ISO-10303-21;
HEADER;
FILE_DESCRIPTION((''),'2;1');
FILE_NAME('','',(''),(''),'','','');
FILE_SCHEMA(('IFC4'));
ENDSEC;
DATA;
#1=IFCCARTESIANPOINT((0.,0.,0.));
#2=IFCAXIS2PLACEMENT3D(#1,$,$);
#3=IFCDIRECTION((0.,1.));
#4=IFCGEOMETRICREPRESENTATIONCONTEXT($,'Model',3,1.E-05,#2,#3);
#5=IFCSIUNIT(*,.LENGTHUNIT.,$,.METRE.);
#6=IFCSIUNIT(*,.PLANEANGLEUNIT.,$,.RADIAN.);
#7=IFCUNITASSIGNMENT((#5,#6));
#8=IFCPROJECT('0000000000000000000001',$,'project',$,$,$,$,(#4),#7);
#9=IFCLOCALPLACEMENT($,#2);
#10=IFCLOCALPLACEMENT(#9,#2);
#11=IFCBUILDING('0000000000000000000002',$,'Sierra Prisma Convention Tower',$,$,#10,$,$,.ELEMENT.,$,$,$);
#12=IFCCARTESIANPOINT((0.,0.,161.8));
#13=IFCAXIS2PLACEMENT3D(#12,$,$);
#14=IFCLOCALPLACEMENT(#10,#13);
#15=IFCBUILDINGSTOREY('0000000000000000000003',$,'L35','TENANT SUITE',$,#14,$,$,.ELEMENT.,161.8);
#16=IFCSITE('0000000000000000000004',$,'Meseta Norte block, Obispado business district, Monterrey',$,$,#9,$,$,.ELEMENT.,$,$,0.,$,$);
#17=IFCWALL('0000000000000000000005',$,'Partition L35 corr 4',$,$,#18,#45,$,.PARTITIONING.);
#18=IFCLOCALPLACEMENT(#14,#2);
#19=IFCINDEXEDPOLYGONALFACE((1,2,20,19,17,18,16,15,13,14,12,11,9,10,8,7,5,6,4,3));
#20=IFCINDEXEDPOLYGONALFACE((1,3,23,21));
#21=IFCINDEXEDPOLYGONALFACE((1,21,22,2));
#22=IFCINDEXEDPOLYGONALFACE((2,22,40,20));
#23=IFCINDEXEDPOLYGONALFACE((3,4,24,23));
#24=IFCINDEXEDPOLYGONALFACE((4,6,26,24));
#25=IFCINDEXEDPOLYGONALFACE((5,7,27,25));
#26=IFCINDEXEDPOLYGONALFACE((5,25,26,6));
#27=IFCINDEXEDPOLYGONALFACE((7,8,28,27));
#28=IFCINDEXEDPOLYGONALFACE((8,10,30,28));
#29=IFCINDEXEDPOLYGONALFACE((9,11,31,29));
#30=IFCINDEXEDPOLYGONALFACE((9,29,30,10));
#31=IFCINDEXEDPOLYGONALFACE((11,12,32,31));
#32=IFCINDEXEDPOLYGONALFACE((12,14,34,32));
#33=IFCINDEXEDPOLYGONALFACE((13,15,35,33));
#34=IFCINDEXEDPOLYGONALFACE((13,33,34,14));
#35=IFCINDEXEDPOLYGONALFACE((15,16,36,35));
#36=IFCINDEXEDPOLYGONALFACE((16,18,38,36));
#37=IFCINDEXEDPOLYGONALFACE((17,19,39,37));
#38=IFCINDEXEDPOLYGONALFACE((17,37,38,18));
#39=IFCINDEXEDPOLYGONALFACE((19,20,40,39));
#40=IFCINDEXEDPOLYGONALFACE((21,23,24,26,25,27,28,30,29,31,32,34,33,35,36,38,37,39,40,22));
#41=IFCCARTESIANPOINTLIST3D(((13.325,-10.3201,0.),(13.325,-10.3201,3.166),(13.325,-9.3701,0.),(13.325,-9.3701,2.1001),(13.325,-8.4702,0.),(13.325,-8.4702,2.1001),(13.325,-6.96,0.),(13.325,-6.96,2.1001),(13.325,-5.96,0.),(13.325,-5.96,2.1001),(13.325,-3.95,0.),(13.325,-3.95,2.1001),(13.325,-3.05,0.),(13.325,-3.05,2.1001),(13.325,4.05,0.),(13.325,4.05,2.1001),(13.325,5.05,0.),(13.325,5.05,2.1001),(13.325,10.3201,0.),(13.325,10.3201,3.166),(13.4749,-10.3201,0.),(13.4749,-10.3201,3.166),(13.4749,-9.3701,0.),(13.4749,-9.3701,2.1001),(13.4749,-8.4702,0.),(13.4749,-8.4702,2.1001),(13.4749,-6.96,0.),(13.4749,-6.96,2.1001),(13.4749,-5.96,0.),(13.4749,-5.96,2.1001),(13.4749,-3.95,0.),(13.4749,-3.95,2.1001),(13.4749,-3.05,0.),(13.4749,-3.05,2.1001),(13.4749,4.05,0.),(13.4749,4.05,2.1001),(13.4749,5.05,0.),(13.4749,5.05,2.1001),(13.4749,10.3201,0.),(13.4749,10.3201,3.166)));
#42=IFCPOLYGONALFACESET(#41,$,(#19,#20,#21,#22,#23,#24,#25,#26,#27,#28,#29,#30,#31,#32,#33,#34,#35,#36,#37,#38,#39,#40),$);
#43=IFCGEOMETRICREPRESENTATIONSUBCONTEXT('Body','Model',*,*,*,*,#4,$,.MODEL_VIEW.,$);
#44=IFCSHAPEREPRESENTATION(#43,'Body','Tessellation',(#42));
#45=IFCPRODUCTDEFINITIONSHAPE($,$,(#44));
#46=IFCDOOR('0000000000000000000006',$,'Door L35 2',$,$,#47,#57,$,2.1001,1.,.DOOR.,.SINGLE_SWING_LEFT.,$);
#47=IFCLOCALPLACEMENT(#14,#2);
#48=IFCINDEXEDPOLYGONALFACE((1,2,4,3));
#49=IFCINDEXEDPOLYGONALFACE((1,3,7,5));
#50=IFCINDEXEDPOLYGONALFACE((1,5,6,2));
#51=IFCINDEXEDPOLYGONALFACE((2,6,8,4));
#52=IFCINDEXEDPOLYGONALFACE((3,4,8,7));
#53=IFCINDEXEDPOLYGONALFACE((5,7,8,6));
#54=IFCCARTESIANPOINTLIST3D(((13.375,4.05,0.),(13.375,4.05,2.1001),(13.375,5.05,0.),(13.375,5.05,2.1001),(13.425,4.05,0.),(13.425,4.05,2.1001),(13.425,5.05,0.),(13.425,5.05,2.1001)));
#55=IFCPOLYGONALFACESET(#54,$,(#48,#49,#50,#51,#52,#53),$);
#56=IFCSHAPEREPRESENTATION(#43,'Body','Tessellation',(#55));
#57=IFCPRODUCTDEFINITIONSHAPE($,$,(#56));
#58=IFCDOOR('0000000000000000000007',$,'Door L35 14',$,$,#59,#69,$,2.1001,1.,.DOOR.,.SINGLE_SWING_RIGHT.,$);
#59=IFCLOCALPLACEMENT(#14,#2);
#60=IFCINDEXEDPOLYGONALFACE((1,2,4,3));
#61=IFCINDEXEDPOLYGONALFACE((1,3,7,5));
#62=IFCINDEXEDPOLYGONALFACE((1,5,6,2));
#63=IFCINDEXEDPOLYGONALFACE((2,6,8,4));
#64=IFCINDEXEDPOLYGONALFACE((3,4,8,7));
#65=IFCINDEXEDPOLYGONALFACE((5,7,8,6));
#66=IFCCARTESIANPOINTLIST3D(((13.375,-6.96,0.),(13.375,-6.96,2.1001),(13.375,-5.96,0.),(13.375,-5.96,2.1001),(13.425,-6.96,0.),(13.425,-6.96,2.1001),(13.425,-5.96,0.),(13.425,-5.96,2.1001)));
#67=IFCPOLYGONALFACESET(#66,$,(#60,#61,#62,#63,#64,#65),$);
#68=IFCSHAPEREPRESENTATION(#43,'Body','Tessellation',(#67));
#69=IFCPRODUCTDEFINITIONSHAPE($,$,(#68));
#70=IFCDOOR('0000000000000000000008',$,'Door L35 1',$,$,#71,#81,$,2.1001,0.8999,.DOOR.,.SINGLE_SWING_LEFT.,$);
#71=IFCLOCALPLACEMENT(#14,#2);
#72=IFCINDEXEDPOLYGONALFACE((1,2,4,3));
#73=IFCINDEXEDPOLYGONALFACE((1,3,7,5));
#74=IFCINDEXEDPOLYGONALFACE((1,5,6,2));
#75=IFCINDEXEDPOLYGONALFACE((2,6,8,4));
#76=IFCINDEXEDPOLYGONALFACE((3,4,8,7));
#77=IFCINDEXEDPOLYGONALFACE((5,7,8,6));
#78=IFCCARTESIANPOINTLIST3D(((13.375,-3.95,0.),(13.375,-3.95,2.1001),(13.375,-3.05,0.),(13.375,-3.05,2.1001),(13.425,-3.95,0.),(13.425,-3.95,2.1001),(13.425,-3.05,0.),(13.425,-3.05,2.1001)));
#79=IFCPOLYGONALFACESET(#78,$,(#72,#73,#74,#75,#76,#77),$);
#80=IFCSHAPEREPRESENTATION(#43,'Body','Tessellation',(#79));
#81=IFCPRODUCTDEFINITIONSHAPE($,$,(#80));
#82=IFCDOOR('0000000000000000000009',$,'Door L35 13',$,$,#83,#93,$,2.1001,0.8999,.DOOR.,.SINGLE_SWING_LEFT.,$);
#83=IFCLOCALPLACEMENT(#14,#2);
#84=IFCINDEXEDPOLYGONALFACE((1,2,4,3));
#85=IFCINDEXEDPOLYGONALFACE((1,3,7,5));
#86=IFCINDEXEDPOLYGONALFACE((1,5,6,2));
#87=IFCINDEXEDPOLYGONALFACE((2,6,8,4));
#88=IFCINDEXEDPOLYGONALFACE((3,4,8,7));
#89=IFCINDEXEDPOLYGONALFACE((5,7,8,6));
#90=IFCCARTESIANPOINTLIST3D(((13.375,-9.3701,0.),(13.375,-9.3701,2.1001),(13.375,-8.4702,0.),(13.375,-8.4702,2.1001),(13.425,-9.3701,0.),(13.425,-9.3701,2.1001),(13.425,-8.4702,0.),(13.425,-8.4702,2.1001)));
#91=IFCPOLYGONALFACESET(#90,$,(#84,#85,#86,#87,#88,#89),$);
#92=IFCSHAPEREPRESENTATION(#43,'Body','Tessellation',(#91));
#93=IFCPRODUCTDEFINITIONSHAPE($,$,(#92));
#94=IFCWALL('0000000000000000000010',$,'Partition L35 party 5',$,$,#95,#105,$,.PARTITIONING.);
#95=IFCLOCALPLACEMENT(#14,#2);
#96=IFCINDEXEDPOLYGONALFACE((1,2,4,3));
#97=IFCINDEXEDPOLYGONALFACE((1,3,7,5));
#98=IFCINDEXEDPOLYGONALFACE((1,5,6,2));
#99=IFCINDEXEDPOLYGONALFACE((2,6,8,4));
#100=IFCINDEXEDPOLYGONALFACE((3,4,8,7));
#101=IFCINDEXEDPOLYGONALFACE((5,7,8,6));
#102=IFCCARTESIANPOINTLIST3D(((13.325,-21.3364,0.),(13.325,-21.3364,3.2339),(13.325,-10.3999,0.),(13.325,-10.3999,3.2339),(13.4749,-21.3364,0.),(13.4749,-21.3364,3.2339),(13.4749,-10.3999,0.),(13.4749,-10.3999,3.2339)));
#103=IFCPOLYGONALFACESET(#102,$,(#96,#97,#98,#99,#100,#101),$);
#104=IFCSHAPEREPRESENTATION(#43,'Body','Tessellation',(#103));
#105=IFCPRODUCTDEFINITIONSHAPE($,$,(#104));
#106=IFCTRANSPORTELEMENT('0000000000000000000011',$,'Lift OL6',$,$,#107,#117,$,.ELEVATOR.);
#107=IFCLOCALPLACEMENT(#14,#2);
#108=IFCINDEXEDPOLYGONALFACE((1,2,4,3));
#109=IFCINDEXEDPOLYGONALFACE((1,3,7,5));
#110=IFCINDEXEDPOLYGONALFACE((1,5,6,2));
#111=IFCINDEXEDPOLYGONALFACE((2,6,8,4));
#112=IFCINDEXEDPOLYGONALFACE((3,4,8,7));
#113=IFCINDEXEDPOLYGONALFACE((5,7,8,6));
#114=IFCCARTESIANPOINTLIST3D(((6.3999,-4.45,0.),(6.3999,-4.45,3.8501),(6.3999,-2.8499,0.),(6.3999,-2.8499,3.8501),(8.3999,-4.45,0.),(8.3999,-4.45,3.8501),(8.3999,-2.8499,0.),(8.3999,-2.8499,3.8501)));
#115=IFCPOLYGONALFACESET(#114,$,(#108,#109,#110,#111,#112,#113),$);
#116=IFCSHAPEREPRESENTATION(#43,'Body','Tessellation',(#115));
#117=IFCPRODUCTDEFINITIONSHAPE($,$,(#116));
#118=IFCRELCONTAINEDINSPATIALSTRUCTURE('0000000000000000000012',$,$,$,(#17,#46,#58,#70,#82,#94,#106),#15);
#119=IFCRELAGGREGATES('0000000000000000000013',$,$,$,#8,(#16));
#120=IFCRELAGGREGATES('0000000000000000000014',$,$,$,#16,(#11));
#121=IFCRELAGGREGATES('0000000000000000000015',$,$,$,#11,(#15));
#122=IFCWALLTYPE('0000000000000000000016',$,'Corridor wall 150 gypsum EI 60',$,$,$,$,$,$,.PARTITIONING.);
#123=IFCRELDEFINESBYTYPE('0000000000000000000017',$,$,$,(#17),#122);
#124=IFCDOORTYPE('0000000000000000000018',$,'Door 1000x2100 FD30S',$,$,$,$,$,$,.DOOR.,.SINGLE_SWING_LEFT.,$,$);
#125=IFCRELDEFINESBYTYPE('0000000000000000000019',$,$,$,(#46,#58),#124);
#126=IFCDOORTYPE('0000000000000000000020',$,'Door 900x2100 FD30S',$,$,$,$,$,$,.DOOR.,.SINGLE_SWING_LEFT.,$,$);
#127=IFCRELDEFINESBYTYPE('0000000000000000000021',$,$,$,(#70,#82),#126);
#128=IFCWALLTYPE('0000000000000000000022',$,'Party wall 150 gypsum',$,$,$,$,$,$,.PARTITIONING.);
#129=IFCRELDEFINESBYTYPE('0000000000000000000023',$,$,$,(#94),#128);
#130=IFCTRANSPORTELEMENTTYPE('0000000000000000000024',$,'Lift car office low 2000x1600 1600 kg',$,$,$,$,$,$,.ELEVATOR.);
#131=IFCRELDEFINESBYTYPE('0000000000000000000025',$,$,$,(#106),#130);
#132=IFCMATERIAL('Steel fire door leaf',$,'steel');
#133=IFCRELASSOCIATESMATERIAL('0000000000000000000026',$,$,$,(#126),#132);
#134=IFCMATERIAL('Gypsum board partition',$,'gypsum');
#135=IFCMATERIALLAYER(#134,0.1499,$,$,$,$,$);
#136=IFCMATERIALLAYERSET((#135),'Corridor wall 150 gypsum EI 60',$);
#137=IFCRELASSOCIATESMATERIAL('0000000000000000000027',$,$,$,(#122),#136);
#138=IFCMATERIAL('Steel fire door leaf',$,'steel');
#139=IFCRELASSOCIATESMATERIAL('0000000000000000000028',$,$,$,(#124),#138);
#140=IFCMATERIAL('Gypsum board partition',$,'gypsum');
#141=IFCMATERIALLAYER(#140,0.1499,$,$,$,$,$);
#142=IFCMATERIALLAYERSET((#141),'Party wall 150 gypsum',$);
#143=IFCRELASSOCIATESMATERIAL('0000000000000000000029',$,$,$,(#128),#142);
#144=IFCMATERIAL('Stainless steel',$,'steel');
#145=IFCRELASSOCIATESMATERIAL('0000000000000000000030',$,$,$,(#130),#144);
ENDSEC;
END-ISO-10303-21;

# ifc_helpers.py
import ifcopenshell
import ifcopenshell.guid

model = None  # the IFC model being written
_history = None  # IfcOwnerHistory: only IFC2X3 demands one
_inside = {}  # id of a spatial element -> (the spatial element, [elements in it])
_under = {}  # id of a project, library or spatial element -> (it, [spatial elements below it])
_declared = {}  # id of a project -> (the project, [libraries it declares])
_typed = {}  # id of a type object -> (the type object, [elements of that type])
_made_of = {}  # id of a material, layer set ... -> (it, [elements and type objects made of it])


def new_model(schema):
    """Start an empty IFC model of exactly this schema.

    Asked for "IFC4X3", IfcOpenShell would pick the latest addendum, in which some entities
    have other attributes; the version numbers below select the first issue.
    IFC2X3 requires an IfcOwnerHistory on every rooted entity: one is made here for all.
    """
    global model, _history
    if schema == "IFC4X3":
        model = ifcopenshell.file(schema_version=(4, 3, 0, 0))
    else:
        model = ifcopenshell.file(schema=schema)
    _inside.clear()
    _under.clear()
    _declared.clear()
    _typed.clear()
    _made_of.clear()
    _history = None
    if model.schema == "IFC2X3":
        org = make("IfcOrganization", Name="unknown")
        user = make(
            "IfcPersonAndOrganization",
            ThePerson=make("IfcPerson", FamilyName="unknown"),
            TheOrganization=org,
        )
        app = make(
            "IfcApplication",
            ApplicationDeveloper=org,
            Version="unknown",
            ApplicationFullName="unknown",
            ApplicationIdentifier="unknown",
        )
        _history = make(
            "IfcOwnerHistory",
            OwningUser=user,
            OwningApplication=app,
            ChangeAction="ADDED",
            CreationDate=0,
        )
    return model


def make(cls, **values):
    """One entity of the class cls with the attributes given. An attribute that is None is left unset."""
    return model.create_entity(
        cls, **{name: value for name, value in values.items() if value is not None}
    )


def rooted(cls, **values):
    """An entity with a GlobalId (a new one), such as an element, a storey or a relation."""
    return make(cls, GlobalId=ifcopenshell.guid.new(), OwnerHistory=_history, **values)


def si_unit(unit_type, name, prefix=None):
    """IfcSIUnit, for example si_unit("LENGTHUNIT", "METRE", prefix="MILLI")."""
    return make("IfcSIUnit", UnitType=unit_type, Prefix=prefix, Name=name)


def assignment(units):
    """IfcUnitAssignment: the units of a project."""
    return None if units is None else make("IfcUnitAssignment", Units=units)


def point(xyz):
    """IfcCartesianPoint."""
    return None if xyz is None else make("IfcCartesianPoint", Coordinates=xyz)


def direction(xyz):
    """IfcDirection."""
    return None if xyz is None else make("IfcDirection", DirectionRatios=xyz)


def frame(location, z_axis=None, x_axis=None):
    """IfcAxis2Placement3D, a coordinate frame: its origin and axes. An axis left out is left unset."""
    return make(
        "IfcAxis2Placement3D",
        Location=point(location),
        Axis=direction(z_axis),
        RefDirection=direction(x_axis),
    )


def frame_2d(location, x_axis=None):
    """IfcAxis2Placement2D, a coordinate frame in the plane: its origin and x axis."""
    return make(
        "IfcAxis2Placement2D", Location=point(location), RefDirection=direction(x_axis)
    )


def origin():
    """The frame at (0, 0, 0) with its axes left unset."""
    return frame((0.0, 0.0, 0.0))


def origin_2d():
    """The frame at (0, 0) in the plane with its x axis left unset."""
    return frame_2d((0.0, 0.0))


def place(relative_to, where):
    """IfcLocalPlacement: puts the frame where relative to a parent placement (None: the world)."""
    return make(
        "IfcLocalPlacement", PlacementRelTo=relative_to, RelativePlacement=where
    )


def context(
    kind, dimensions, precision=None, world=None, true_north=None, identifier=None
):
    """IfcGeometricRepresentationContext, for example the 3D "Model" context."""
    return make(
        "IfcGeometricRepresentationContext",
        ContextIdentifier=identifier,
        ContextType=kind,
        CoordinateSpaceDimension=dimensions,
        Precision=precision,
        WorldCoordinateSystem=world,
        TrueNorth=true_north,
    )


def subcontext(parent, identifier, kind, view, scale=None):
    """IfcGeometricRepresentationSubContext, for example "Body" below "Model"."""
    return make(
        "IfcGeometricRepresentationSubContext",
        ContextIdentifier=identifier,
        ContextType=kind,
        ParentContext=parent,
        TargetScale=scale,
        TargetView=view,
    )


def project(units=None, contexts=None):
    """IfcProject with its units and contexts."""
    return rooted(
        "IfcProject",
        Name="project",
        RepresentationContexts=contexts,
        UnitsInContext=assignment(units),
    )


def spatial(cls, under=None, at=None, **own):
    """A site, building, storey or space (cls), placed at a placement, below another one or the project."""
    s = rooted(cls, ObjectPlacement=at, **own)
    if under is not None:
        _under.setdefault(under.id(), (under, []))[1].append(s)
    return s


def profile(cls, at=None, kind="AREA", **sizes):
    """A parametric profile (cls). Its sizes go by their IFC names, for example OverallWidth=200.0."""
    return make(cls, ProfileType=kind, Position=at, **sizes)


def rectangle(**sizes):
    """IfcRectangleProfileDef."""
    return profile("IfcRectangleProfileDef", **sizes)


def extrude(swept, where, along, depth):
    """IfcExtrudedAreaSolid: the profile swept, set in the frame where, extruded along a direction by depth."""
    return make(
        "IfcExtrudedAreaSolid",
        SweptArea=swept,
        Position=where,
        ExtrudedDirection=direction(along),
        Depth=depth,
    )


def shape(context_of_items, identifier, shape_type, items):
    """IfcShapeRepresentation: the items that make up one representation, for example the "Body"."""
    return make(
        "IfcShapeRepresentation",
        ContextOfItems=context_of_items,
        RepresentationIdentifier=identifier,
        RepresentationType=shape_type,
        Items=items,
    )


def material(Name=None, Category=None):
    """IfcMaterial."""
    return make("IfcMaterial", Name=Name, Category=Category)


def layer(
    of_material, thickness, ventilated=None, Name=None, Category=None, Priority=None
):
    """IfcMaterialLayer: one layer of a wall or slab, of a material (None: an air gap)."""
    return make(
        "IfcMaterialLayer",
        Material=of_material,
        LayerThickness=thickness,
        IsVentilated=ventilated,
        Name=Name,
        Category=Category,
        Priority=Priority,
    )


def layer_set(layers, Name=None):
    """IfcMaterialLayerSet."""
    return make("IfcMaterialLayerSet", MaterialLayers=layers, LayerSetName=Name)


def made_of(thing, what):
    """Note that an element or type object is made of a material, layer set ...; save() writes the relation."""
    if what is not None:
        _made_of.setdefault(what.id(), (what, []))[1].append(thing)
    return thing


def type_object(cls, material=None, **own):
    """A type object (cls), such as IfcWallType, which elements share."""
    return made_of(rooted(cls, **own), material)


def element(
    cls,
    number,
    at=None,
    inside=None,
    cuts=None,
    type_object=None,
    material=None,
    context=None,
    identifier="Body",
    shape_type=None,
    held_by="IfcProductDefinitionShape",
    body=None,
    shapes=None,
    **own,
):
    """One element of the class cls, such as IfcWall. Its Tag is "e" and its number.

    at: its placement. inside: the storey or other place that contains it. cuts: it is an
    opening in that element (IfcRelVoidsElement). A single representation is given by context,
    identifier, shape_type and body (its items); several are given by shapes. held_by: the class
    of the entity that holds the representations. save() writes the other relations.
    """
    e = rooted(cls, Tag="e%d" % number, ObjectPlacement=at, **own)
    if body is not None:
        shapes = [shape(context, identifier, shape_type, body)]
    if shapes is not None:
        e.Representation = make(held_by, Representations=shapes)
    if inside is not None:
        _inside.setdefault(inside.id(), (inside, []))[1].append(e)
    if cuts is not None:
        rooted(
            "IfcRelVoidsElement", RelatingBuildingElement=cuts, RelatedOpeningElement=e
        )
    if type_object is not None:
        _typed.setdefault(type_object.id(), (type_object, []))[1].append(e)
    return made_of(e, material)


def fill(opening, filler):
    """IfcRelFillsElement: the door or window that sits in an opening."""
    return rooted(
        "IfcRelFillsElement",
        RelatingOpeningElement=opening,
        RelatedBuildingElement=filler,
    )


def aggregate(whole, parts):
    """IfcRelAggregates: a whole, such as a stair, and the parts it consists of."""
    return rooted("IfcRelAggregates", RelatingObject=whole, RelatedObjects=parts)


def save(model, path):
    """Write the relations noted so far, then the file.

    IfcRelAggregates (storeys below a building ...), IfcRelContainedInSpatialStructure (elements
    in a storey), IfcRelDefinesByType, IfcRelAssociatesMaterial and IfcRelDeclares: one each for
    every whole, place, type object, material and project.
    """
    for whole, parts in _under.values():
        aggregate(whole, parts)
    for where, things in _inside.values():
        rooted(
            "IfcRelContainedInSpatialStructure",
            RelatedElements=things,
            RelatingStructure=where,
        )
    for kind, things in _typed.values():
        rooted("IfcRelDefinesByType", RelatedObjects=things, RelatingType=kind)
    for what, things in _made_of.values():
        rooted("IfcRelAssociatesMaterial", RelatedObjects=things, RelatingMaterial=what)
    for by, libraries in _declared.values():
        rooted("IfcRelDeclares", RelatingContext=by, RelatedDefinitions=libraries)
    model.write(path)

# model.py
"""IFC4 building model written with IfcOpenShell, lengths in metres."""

from ifc_helpers import new_model, si_unit, direction, frame, frame_2d, origin, origin_2d, place, context, subcontext, project, spatial, rectangle, extrude, material, layer, layer_set, type_object, element, fill, save


model = new_model("IFC4")

# Units and contexts
model_context = context("Model", 3, precision=1e-05, world=origin(), true_north=direction((0.0, 1.0)))
body_context = subcontext(model_context, "Body", "Model", "MODEL_VIEW")
ifc_project = project(units=[si_unit("LENGTHUNIT", "METRE"), si_unit("PLANEANGLEUNIT", "RADIAN")], contexts=[model_context])

# Site, building, storey
site_placement = place(None, origin())
site = spatial("IfcSite", under=ifc_project, at=site_placement, Name="Meseta Norte block, Obispado business district, Monterrey", CompositionType="ELEMENT", RefElevation=0.0)
building_placement = place(site_placement, origin())
building = spatial("IfcBuilding", under=site, at=building_placement, Name="Sierra Prisma Convention Tower", CompositionType="ELEMENT")
storey_placement = place(building_placement, frame((0.0, 0.0, 161.8)))
storey = spatial("IfcBuildingStorey", under=building, at=storey_placement, Name="L35", Description="TENANT SUITE", CompositionType="ELEMENT", Elevation=161.8)

# Shared definitions
ifc_material_1 = material(Name="Steel fire door leaf", Category="steel")
door_type_1 = type_object("IfcDoorType", Name="Door 900x2100 FD30S", OperationType="SINGLE_SWING_LEFT", PredefinedType="DOOR", material=ifc_material_1)

# Wall, openings, doors
ifc_material_2 = material(Name="Gypsum board partition", Category="gypsum")
ifc_layer_1 = layer(ifc_material_2, 0.1499)
ifc_layer_set_1 = layer_set([ifc_layer_1], Name="Corridor wall 150 gypsum EI 60")
wall_type_1 = type_object("IfcWallType", Name="Corridor wall 150 gypsum EI 60", PredefinedType="PARTITIONING", material=ifc_layer_set_1)
wall_1_placement = place(storey_placement, frame((13.3999, -10.3201, 0.0), z_axis=(0.0, 0.0, 1.0), x_axis=(0.0, 1.0, 0.0)))
wall_1 = element("IfcWall", 1, at=wall_1_placement, inside=storey, type_object=wall_type_1, Name="Partition L35 corr 4", PredefinedType="PARTITIONING", context=body_context, shape_type="SweptSolid", body=[
    extrude(rectangle(XDim=20.6401, YDim=0.1499, at=frame_2d((10.3201, 0.0))), origin(), (0.0, 0.0, 1.0), 3.166),
])
opening_1_placement = place(wall_1_placement, frame((6.3701, 0.0, 0.0)))
opening_1 = element("IfcOpeningElement", 2, at=opening_1_placement, cuts=wall_1, PredefinedType="OPENING", context=body_context, shape_type="SweptSolid", body=[
    extrude(rectangle(XDim=0.8999, YDim=2.1001, at=frame_2d((0.45, 1.05))), frame((0.0, 0.075, 0.0), z_axis=(0.0, -1.0, 0.0), x_axis=(1.0, 0.0, 0.0)), (0.0, 0.0, 1.0), 0.1499),
])
opening_2_placement = place(wall_1_placement, frame((14.3701, 0.0, 0.0)))
opening_2 = element("IfcOpeningElement", 3, at=opening_2_placement, cuts=wall_1, PredefinedType="OPENING", context=body_context, shape_type="SweptSolid", body=[
    extrude(rectangle(XDim=1.0, YDim=2.1001, at=frame_2d((0.5, 1.05))), frame((0.0, 0.075, 0.0), z_axis=(0.0, -1.0, 0.0), x_axis=(1.0, 0.0, 0.0)), (0.0, 0.0, 1.0), 0.1499),
])
opening_3_placement = place(wall_1_placement, frame((0.95, 0.0, 0.0)))
opening_3 = element("IfcOpeningElement", 4, at=opening_3_placement, cuts=wall_1, PredefinedType="OPENING", context=body_context, shape_type="SweptSolid", body=[
    extrude(rectangle(XDim=0.8999, YDim=2.1001, at=frame_2d((0.45, 1.05))), frame((0.0, 0.075, 0.0), z_axis=(0.0, -1.0, 0.0), x_axis=(1.0, 0.0, 0.0)), (0.0, 0.0, 1.0), 0.1499),
])
opening_4_placement = place(wall_1_placement, frame((3.3601, 0.0, 0.0)))
opening_4 = element("IfcOpeningElement", 5, at=opening_4_placement, cuts=wall_1, PredefinedType="OPENING", context=body_context, shape_type="SweptSolid", body=[
    extrude(rectangle(XDim=1.0, YDim=2.1001, at=frame_2d((0.5, 1.05))), frame((0.0, 0.075, 0.0), z_axis=(0.0, -1.0, 0.0), x_axis=(1.0, 0.0, 0.0)), (0.0, 0.0, 1.0), 0.1499),
])
ifc_material_3 = material(Name="Steel fire door leaf", Category="steel")
door_type_2 = type_object("IfcDoorType", Name="Door 1000x2100 FD30S", OperationType="SINGLE_SWING_LEFT", PredefinedType="DOOR", material=ifc_material_3)
door_1_placement = place(opening_2_placement, origin())
door_1 = element("IfcDoor", 6, at=door_1_placement, inside=storey, type_object=door_type_2, Name="Door L35 2", OperationType="SINGLE_SWING_LEFT", OverallHeight=2.1001, OverallWidth=1.0, PredefinedType="DOOR", context=body_context, shape_type="SweptSolid", body=[
    extrude(rectangle(XDim=1.0, YDim=2.1001, at=frame_2d((0.5, 1.05))), frame((0.0, 0.0249, 0.0), z_axis=(0.0, -1.0, 0.0), x_axis=(1.0, 0.0, 0.0)), (0.0, 0.0, 1.0), 0.05),
])
fill(opening_2, door_1)
door_2_placement = place(opening_4_placement, origin())
door_2 = element("IfcDoor", 7, at=door_2_placement, inside=storey, type_object=door_type_2, Name="Door L35 14", OperationType="SINGLE_SWING_RIGHT", OverallHeight=2.1001, OverallWidth=1.0, PredefinedType="DOOR", context=body_context, shape_type="SweptSolid", body=[
    extrude(rectangle(XDim=1.0, YDim=2.1001, at=frame_2d((0.5, 1.05))), frame((0.0, 0.0249, 0.0), z_axis=(0.0, -1.0, 0.0), x_axis=(1.0, 0.0, 0.0)), (0.0, 0.0, 1.0), 0.05),
])
fill(opening_4, door_2)
door_3_placement = place(opening_1_placement, origin())
door_3 = element("IfcDoor", 8, at=door_3_placement, inside=storey, type_object=door_type_1, Name="Door L35 1", OperationType="SINGLE_SWING_LEFT", OverallHeight=2.1001, OverallWidth=0.8999, PredefinedType="DOOR", context=body_context, shape_type="SweptSolid", body=[
    extrude(rectangle(XDim=0.8999, YDim=2.1001, at=frame_2d((0.45, 1.05))), frame((0.0, 0.0249, 0.0), z_axis=(0.0, -1.0, 0.0), x_axis=(1.0, 0.0, 0.0)), (0.0, 0.0, 1.0), 0.05),
])
fill(opening_1, door_3)
door_4_placement = place(opening_3_placement, origin())
door_4 = element("IfcDoor", 9, at=door_4_placement, inside=storey, type_object=door_type_1, Name="Door L35 13", OperationType="SINGLE_SWING_LEFT", OverallHeight=2.1001, OverallWidth=0.8999, PredefinedType="DOOR", context=body_context, shape_type="SweptSolid", body=[
    extrude(rectangle(XDim=0.8999, YDim=2.1001, at=frame_2d((0.45, 1.05))), frame((0.0, 0.0249, 0.0), z_axis=(0.0, -1.0, 0.0), x_axis=(1.0, 0.0, 0.0)), (0.0, 0.0, 1.0), 0.05),
])
fill(opening_3, door_4)

# Wall
ifc_material_4 = material(Name="Gypsum board partition", Category="gypsum")
ifc_layer_2 = layer(ifc_material_4, 0.1499)
ifc_layer_set_2 = layer_set([ifc_layer_2], Name="Party wall 150 gypsum")
wall_type_2 = type_object("IfcWallType", Name="Party wall 150 gypsum", PredefinedType="PARTITIONING", material=ifc_layer_set_2)
wall_2_placement = place(storey_placement, frame((13.3999, -10.3999, 0.0), z_axis=(0.0, 0.0, 1.0), x_axis=(0.0, -1.0, 0.0)))
element("IfcWall", 10, at=wall_2_placement, inside=storey, type_object=wall_type_2, Name="Partition L35 party 5", PredefinedType="PARTITIONING", context=body_context, shape_type="SweptSolid", body=[
    extrude(rectangle(XDim=10.9365, YDim=0.1499, at=frame_2d((5.4683, 0.0))), origin(), (0.0, 0.0, 1.0), 3.2339),
])

# Transport element
ifc_material_5 = material(Name="Stainless steel", Category="steel")
transport_element_type = type_object("IfcTransportElementType", Name="Lift car office low 2000x1600 1600 kg", PredefinedType="ELEVATOR", material=ifc_material_5)
transport_element_placement = place(storey_placement, frame((7.3999, -3.6499, 0.0), z_axis=(0.0, 0.0, 1.0), x_axis=(1.0, 0.0, 0.0)))
element("IfcTransportElement", 11, at=transport_element_placement, inside=storey, type_object=transport_element_type, Name="Lift OL6", PredefinedType="ELEVATOR", context=body_context, shape_type="SweptSolid", body=[
    extrude(rectangle(XDim=2.0, YDim=1.6001, at=origin_2d()), origin(), (0.0, 0.0, 1.0), 3.8501),
])

save(model, "model.ifc")
